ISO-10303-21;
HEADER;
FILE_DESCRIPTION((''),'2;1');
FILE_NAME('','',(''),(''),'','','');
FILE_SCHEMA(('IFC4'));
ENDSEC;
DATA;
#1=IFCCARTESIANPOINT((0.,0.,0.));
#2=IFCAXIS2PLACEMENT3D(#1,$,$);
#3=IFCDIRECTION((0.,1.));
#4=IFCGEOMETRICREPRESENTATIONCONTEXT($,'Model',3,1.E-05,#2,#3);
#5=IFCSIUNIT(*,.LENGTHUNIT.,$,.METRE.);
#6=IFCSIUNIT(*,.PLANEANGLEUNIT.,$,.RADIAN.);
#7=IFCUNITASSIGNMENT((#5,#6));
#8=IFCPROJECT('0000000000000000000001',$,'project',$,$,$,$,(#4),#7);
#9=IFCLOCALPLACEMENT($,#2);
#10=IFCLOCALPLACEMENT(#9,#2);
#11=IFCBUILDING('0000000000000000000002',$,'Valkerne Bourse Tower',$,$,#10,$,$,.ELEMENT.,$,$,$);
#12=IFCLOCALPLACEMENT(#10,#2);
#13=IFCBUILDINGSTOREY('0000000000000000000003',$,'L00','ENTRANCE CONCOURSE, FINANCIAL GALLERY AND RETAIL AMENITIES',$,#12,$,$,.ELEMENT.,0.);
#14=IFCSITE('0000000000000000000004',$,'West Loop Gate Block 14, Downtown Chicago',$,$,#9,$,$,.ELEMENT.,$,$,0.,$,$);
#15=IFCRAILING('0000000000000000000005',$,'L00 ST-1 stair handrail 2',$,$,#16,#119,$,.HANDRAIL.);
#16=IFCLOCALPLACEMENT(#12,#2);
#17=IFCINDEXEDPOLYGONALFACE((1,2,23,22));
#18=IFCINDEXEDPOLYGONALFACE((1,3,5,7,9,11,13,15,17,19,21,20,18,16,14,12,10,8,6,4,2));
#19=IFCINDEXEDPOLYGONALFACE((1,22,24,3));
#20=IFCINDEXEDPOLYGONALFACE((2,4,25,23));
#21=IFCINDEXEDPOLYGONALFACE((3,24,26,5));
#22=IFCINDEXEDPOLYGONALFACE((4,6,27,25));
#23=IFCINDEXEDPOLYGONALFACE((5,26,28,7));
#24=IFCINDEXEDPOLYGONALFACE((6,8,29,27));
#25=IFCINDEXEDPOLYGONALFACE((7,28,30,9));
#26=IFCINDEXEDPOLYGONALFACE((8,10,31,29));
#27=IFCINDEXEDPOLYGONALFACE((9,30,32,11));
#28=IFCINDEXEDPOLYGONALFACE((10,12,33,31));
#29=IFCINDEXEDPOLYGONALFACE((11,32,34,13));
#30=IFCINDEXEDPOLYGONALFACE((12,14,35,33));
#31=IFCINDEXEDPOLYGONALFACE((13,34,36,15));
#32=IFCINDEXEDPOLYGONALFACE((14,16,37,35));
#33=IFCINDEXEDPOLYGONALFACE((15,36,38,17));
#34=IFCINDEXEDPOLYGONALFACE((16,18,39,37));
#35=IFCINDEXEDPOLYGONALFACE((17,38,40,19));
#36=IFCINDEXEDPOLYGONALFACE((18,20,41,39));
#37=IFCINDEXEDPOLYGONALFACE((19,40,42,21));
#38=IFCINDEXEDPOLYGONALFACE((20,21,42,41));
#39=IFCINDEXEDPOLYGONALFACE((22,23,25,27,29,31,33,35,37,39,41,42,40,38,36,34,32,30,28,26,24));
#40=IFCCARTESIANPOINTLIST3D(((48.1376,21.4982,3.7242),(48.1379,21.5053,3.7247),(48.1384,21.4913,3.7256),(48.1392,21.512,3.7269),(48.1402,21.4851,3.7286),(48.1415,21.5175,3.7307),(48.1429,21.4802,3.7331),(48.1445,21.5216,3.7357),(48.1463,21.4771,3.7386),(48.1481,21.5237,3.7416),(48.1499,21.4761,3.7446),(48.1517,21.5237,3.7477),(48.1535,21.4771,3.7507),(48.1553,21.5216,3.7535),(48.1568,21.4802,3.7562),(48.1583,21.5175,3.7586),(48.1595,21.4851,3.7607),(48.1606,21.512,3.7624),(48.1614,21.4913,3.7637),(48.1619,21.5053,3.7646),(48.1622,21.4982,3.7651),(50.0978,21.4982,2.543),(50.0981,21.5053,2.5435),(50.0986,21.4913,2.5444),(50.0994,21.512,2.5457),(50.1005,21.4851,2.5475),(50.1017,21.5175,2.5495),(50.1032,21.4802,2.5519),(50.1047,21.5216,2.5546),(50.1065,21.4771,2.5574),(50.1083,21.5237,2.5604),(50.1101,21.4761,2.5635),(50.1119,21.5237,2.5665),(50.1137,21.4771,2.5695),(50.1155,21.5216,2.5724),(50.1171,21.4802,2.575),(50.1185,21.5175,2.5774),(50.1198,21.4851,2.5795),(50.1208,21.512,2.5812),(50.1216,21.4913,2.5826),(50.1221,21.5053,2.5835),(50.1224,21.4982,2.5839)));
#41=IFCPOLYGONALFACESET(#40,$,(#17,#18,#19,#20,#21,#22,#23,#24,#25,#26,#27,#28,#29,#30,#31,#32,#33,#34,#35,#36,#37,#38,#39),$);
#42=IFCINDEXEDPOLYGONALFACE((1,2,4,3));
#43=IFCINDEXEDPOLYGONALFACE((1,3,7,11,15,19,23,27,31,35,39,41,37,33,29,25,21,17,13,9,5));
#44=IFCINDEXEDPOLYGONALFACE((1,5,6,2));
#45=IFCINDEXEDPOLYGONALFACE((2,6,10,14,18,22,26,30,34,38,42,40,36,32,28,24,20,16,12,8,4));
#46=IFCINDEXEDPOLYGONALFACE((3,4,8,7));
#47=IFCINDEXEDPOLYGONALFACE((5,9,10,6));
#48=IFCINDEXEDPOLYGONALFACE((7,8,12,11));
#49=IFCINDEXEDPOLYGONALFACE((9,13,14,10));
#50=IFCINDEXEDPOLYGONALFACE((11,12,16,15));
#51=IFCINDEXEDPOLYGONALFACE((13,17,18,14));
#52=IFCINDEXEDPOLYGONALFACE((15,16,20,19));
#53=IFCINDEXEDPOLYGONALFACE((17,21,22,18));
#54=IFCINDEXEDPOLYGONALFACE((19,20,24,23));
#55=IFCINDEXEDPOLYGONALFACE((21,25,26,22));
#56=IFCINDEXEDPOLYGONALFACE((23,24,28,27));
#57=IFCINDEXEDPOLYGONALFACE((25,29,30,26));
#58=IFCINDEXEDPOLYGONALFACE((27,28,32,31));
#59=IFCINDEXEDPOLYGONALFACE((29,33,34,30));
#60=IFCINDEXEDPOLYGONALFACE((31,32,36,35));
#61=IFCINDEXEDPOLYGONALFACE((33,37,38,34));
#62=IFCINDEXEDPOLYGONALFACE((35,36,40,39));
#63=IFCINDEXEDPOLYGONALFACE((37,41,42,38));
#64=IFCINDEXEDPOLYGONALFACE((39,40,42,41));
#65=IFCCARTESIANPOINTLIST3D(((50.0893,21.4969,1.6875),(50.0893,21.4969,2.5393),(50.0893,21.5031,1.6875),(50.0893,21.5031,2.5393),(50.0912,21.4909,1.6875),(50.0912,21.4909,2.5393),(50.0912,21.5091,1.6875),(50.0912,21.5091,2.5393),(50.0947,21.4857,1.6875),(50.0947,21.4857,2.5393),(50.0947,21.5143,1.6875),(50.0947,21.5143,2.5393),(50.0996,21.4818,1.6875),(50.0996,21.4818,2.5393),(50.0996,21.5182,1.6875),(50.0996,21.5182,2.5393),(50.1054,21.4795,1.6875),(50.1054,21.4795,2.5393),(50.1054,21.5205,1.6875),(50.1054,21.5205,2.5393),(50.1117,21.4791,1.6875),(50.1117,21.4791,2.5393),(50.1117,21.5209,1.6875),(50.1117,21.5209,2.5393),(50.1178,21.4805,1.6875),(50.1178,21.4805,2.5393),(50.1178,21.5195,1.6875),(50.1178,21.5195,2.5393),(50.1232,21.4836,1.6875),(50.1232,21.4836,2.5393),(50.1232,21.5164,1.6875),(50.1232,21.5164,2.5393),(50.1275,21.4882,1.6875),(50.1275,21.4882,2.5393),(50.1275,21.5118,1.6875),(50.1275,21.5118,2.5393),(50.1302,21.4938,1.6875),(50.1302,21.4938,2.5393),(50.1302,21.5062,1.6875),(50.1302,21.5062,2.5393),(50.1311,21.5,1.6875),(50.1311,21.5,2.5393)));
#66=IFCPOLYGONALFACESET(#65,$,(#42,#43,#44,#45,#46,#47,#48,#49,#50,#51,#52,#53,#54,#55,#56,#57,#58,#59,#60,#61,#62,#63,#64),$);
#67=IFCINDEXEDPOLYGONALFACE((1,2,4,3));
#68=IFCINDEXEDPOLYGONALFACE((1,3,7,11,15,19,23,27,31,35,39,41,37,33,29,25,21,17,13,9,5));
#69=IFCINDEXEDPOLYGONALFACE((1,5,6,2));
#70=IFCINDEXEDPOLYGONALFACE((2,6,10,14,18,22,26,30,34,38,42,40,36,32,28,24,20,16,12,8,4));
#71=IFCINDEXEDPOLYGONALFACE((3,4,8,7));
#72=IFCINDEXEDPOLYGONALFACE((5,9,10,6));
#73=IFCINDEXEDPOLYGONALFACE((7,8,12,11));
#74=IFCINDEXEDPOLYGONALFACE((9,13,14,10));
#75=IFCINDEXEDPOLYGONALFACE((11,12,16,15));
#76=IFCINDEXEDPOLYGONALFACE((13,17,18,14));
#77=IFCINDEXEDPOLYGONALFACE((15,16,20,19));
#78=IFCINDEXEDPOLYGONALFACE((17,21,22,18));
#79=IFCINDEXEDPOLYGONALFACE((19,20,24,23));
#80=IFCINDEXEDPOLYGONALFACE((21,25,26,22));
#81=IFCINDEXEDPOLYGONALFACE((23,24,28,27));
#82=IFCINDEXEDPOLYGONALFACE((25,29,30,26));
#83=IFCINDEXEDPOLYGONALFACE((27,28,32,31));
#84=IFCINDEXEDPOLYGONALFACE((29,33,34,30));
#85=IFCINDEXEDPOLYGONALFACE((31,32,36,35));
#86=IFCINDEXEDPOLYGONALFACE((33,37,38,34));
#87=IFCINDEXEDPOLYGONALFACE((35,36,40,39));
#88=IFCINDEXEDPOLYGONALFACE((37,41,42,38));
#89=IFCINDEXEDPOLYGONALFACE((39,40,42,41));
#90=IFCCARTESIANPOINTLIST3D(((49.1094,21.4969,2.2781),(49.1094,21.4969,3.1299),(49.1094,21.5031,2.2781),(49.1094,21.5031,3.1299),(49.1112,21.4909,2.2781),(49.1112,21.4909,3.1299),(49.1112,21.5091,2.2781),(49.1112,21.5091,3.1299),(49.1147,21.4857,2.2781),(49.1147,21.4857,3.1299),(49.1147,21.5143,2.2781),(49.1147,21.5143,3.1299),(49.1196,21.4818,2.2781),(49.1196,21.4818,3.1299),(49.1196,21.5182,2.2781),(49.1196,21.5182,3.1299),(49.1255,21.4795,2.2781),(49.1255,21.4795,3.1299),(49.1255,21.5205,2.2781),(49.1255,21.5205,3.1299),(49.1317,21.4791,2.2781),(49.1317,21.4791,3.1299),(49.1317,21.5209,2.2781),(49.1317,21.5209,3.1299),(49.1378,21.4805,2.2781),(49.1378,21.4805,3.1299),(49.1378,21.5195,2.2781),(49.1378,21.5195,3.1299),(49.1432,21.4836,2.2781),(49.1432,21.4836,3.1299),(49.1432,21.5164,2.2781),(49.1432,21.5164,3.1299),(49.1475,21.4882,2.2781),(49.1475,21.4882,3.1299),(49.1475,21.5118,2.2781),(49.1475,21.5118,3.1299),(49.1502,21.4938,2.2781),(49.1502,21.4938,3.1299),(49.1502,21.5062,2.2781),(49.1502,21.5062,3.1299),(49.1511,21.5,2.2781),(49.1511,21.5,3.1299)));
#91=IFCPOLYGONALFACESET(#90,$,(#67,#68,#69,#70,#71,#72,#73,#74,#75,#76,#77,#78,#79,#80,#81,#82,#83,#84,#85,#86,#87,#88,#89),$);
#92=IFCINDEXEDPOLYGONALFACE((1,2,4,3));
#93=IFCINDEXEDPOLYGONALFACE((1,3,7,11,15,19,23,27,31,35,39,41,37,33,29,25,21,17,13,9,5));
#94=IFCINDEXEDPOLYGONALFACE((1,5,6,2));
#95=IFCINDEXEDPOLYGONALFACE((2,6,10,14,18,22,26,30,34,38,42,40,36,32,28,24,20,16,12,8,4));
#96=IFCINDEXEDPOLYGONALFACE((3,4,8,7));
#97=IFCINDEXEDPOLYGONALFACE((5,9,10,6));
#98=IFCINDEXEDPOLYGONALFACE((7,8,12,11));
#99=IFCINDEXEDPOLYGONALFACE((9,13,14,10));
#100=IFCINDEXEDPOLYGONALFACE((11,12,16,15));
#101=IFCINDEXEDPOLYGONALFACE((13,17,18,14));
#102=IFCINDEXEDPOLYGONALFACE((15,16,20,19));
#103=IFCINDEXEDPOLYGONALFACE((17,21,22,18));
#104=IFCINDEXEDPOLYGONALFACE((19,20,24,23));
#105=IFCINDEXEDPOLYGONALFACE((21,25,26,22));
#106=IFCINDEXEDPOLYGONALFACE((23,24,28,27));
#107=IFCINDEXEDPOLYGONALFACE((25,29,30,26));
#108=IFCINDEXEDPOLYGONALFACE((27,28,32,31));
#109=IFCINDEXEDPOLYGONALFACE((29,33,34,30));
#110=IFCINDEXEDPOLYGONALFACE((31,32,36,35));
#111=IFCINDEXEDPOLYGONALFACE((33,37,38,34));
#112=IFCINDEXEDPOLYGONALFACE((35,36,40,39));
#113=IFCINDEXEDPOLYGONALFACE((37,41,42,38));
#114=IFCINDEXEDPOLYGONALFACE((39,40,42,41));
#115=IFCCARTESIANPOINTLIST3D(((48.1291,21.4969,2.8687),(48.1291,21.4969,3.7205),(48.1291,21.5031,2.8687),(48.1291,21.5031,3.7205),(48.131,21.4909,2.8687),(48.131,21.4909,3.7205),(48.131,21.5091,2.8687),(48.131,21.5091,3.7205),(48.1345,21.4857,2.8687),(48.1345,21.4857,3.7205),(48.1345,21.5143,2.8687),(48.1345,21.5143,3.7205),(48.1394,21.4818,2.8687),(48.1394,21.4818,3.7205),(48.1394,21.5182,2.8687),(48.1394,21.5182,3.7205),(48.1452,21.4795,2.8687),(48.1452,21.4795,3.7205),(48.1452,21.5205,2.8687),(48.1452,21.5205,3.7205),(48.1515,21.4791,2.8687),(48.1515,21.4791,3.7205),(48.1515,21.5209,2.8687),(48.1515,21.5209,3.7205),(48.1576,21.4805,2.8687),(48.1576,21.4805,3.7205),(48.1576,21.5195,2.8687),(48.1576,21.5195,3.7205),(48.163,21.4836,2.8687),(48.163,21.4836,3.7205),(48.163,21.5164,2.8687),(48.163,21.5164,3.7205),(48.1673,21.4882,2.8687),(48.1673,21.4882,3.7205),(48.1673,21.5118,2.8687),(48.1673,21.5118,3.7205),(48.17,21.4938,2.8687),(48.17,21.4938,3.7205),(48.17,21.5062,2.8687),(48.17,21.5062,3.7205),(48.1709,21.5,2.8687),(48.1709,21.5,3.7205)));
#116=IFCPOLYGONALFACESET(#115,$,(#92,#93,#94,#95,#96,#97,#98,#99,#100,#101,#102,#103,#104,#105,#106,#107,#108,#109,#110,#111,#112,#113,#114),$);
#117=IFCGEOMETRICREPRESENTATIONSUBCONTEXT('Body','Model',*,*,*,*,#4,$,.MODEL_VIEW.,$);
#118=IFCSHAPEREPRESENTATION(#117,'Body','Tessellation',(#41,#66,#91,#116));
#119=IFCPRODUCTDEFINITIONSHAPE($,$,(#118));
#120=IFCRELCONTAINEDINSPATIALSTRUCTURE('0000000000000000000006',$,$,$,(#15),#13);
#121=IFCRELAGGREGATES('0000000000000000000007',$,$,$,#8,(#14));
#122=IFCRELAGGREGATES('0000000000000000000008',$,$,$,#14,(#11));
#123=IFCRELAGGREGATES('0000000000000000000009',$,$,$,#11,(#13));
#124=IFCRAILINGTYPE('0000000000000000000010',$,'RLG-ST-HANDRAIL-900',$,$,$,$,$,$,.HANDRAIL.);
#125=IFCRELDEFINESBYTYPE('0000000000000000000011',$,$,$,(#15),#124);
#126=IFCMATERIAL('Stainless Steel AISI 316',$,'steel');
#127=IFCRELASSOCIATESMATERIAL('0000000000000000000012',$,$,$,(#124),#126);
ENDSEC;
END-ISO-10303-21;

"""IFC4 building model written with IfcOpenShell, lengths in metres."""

from ifc_helpers import new_model, si_unit, direction, frame, origin, origin_2d, place, context, subcontext, project, spatial, circle, extrude, material, type_object, element, save


model = new_model("IFC4")

# Units and contexts
model_context = context("Model", 3, precision=1e-05, world=origin(), true_north=direction((0.0, 1.0)))
body_context = subcontext(model_context, "Body", "Model", "MODEL_VIEW")
ifc_project = project(units=[si_unit("LENGTHUNIT", "METRE"), si_unit("PLANEANGLEUNIT", "RADIAN")], contexts=[model_context])

# Site, building, storey
site_placement = place(None, origin())
site = spatial("IfcSite", under=ifc_project, at=site_placement, Name="West Loop Gate Block 14, Downtown Chicago", CompositionType="ELEMENT", RefElevation=0.0)
building_placement = place(site_placement, origin())
building = spatial("IfcBuilding", under=site, at=building_placement, Name="Valkerne Bourse Tower", CompositionType="ELEMENT")
storey_placement = place(building_placement, origin())
storey = spatial("IfcBuildingStorey", under=building, at=storey_placement, Name="L00", Description="ENTRANCE CONCOURSE, FINANCIAL GALLERY AND RETAIL AMENITIES", CompositionType="ELEMENT", Elevation=0.0)

# Shared definitions
ifc_material_1 = material(Name="Stainless Steel AISI 316", Category="steel")

# Railing
railing_type_1 = type_object("IfcRailingType", Name="RLG-ST-HANDRAIL-900", PredefinedType="HANDRAIL", material=ifc_material_1)
railing_1_placement = place(storey_placement, frame((50.1101, 21.5, 1.6875)))
element("IfcRailing", 1, at=railing_1_placement, inside=storey, type_object=railing_type_1, Name="L00 ST-1 stair handrail 2", PredefinedType="HANDRAIL", context=body_context, shape_type="SweptSolid", body=[
    extrude(circle(Radius=0.0239, at=origin_2d()), frame((0.0, 0.0, 0.876), z_axis=(-0.856522, 0.0, 0.516111), x_axis=(0.0, -1.0, 0.0)), (0.0, 0.0, 1.0), 2.2886),
    extrude(circle(Radius=0.021, at=origin_2d()), origin(), (0.0, 0.0, 1.0), 0.8518),
    extrude(circle(Radius=0.021, at=origin_2d()), frame((-0.98, 0.0, 0.5906)), (0.0, 0.0, 1.0), 0.8518),
    extrude(circle(Radius=0.021, at=origin_2d()), frame((-1.9602, 0.0, 1.1812)), (0.0, 0.0, 1.0), 0.8518),
])

save(model, "model.ifc")
